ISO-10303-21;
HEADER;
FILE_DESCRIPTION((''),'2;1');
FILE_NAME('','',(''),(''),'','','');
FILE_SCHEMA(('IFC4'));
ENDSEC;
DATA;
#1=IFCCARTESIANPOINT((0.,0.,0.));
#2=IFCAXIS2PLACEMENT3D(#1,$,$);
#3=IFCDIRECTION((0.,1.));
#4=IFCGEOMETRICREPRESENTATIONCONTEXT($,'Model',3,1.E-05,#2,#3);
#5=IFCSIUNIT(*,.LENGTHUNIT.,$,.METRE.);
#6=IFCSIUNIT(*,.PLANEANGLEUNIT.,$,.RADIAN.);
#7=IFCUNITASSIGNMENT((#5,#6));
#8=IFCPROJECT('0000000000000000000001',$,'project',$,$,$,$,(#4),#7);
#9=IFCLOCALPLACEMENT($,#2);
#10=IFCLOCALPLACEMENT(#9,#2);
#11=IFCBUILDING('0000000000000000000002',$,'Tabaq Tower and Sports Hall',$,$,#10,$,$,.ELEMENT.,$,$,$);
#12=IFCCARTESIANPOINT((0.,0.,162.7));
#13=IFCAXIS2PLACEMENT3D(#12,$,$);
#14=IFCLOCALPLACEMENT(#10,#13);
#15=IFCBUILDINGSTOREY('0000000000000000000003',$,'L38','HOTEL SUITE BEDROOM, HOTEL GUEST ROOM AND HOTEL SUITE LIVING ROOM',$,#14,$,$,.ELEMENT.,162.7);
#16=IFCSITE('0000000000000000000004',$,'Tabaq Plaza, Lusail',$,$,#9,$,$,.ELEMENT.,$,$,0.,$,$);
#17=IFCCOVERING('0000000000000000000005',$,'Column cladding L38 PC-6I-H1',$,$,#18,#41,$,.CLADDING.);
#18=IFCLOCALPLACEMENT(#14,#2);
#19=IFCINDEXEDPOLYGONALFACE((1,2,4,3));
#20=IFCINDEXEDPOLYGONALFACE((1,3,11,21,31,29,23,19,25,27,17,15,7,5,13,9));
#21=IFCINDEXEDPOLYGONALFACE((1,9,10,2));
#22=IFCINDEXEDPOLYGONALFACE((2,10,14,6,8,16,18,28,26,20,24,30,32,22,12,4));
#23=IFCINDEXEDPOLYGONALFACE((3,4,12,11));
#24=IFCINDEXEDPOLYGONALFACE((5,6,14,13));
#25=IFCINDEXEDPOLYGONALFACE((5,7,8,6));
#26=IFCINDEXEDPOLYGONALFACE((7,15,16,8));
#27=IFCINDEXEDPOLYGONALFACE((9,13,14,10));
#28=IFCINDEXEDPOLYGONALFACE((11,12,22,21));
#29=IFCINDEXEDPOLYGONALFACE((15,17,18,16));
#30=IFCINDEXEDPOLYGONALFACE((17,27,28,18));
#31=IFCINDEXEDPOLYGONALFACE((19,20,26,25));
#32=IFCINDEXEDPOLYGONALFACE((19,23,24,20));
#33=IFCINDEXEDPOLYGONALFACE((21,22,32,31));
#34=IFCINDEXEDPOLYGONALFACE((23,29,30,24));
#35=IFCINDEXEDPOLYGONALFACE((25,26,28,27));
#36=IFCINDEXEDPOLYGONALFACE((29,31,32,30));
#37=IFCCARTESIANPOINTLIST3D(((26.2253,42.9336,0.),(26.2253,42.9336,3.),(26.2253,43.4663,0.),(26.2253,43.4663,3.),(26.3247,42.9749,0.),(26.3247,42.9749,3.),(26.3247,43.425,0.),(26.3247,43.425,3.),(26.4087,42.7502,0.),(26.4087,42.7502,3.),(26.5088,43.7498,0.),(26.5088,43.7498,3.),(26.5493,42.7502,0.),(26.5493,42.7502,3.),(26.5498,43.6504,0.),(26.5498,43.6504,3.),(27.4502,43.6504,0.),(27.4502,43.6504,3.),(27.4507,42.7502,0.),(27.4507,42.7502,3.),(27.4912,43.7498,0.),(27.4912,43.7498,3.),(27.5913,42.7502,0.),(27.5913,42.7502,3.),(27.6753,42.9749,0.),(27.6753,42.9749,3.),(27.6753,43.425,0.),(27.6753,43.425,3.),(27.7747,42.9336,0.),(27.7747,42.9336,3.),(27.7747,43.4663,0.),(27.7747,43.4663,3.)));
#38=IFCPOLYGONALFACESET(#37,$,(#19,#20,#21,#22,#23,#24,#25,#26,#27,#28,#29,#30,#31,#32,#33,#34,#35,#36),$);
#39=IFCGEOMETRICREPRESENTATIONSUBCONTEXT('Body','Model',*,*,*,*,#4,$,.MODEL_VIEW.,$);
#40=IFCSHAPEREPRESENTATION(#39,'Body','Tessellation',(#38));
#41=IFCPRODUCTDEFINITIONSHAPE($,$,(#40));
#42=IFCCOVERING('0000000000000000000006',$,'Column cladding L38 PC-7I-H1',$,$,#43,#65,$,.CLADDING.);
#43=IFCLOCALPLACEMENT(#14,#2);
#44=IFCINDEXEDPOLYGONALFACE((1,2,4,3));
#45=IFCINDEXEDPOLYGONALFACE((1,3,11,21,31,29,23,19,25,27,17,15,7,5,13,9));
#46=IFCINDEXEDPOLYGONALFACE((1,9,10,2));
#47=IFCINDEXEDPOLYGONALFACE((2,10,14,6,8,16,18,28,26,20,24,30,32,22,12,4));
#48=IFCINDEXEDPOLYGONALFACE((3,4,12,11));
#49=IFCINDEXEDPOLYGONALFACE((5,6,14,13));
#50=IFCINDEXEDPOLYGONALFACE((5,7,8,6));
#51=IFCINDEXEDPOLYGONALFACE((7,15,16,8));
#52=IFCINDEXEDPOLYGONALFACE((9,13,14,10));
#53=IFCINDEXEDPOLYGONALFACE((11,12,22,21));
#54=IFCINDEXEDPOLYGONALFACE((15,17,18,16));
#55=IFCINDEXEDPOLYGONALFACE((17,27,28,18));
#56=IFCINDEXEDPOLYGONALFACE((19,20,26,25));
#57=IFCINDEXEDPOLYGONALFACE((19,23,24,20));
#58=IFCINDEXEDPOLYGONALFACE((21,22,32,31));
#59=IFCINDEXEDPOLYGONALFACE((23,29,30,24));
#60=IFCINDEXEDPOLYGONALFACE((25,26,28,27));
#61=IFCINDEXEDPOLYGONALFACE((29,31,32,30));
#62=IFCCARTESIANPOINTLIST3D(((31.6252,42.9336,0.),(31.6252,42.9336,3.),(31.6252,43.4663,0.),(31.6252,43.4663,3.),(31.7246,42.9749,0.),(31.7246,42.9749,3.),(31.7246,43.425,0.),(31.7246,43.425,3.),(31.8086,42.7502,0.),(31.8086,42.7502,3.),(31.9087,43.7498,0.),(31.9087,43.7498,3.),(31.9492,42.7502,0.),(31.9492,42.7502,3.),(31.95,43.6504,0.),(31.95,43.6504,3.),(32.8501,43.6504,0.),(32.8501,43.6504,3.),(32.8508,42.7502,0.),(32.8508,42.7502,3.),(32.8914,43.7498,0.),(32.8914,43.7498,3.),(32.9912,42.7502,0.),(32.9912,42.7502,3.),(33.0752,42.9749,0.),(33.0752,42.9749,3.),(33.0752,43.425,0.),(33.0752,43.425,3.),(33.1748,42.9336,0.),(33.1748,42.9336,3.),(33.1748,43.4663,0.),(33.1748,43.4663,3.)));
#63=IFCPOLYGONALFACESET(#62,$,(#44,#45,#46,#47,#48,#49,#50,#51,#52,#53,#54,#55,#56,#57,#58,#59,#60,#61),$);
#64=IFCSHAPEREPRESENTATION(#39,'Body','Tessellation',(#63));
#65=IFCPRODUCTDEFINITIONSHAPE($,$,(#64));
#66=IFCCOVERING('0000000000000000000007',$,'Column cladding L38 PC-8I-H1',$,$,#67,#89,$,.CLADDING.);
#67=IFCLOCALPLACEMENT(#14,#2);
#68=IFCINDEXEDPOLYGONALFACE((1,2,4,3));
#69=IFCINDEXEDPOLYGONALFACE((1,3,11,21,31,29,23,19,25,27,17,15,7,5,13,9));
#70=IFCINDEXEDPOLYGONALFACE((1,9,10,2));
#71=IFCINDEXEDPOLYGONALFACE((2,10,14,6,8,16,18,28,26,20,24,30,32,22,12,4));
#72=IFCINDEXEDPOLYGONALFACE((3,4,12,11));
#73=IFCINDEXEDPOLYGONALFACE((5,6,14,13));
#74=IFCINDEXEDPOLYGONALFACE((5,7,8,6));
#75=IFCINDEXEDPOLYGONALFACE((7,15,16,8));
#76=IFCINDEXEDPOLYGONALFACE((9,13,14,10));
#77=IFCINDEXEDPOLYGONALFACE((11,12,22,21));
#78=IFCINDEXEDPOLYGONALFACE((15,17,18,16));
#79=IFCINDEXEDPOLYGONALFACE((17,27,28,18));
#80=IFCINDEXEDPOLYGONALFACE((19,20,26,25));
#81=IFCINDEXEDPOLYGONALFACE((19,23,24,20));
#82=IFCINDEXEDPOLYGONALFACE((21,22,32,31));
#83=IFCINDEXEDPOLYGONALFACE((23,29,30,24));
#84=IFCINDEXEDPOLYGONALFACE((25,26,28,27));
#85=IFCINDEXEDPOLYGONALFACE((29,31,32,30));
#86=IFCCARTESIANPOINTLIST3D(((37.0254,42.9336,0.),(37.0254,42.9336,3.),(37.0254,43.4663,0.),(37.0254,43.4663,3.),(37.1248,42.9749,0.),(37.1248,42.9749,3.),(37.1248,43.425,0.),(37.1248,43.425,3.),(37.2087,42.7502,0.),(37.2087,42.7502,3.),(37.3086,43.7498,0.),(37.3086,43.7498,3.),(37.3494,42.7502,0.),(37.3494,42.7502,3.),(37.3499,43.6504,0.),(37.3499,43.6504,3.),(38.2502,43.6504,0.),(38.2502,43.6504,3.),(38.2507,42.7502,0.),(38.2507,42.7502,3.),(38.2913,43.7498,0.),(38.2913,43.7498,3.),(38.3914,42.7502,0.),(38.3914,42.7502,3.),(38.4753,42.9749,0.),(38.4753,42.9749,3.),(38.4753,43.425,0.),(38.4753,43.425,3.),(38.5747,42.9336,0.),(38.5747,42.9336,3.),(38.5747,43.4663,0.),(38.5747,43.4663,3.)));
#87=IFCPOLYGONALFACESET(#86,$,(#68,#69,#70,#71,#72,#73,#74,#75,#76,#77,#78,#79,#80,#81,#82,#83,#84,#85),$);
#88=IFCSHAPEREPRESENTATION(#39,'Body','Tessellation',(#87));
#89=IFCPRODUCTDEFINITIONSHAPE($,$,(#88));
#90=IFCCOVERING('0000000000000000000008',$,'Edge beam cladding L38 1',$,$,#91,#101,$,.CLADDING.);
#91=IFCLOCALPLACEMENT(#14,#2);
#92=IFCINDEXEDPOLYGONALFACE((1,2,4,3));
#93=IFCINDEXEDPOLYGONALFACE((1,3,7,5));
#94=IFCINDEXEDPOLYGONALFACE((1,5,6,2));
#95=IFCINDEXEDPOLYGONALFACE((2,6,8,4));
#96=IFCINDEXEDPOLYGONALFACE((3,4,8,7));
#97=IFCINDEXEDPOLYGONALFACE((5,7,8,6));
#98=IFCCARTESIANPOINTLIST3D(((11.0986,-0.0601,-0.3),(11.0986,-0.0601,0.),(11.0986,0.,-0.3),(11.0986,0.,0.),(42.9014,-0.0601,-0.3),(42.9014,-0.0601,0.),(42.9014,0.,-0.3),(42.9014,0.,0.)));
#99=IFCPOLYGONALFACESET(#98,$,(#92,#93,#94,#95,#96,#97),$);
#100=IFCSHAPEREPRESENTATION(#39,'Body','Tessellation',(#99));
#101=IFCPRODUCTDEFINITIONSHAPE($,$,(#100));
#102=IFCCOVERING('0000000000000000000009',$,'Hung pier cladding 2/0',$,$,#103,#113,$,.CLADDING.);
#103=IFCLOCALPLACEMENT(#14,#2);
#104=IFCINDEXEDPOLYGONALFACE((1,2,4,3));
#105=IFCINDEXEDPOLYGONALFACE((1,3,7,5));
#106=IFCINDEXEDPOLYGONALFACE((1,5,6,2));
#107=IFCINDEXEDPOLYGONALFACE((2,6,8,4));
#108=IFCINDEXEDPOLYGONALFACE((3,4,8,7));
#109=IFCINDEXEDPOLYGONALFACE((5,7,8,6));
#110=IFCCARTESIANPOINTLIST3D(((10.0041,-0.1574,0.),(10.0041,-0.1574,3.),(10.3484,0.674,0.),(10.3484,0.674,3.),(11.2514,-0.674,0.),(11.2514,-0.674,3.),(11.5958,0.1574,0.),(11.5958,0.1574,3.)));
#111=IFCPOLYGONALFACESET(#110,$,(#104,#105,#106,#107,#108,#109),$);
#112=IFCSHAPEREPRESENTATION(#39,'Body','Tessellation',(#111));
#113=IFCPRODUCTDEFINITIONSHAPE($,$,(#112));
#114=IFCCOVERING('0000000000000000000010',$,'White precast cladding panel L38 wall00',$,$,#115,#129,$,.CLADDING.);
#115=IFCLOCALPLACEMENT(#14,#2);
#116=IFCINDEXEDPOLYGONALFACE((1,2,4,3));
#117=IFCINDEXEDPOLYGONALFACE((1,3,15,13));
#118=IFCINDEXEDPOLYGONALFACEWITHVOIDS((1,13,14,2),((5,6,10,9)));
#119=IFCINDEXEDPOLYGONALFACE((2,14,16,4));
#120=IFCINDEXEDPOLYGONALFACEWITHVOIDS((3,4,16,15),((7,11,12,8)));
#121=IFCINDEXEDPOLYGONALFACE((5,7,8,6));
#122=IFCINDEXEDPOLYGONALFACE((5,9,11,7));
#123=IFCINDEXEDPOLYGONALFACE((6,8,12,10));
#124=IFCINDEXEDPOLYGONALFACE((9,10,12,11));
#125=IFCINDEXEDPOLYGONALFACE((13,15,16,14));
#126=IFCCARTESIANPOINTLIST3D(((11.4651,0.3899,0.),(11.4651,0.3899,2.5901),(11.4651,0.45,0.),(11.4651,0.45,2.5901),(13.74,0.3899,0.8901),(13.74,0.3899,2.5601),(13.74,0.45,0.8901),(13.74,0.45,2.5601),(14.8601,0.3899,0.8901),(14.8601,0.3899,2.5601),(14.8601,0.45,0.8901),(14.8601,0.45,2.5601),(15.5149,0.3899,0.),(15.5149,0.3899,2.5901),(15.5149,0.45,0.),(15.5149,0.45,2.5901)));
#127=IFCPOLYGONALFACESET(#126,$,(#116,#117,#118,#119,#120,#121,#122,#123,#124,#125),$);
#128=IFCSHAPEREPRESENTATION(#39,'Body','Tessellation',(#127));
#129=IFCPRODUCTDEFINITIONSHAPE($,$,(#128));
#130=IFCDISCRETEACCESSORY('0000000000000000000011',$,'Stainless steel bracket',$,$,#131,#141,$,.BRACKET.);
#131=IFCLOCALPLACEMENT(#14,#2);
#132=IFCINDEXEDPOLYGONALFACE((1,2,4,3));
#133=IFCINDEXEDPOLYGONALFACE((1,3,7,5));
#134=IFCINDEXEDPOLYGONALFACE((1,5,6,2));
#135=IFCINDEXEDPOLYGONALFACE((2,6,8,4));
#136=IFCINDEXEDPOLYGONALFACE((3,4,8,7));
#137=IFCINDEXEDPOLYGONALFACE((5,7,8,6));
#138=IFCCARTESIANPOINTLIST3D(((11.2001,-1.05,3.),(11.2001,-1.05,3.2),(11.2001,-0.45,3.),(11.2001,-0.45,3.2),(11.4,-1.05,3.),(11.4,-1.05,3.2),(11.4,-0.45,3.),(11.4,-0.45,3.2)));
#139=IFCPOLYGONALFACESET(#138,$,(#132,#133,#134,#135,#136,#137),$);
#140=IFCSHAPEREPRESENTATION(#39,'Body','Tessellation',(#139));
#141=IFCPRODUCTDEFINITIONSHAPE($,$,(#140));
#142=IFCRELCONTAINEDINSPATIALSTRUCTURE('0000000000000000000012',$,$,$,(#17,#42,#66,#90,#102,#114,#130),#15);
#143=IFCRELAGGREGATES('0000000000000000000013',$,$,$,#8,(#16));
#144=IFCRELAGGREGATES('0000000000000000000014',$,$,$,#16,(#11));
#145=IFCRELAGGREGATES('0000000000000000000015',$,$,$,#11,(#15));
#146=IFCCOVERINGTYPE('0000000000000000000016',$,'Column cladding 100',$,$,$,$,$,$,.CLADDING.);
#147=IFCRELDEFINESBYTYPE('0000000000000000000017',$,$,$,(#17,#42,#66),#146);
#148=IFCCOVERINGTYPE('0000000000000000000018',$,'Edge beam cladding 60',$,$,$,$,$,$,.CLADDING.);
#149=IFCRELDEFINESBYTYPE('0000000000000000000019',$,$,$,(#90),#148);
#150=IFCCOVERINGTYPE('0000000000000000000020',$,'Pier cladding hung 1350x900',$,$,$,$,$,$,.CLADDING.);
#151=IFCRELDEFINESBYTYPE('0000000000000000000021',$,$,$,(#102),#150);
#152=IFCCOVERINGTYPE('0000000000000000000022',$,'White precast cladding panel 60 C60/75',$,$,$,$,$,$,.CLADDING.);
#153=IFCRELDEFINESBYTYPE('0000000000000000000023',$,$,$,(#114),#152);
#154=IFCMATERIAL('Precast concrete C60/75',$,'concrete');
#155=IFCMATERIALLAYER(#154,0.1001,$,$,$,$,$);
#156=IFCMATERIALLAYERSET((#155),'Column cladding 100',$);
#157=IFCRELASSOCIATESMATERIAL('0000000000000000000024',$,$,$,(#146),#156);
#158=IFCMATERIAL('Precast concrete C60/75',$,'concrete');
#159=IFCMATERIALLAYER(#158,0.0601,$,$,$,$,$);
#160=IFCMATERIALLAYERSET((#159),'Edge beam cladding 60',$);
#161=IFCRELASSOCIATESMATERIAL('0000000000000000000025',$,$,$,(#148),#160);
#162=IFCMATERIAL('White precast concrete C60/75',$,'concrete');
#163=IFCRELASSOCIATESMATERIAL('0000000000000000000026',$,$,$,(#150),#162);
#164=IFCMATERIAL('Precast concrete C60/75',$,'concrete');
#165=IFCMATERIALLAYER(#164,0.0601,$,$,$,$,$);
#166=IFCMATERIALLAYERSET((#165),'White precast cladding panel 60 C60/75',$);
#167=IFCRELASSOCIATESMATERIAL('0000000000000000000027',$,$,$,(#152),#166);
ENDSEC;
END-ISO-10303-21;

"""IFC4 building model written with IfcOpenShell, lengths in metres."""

from ifc_helpers import new_model, si_unit, direction, frame, frame_2d, origin, origin_2d, place, context, subcontext, project, spatial, polyline, rectangle, outline, extrude, material, layer, layer_set, type_object, element, save


model = new_model("IFC4")

# Units and contexts
model_context = context("Model", 3, precision=1e-05, world=origin(), true_north=direction((0.0, 1.0)))
body_context = subcontext(model_context, "Body", "Model", "MODEL_VIEW")
ifc_project = project(units=[si_unit("LENGTHUNIT", "METRE"), si_unit("PLANEANGLEUNIT", "RADIAN")], contexts=[model_context])

# Site, building, storey
site_placement = place(None, origin())
site = spatial("IfcSite", under=ifc_project, at=site_placement, Name="Tabaq Plaza, Lusail", CompositionType="ELEMENT", RefElevation=0.0)
building_placement = place(site_placement, origin())
building = spatial("IfcBuilding", under=site, at=building_placement, Name="Tabaq Tower and Sports Hall", CompositionType="ELEMENT")
storey_placement = place(building_placement, frame((0.0, 0.0, 162.7)))
storey = spatial("IfcBuildingStorey", under=building, at=storey_placement, Name="L38", Description="HOTEL SUITE BEDROOM, HOTEL GUEST ROOM AND HOTEL SUITE LIVING ROOM", CompositionType="ELEMENT", Elevation=162.7)

# Coverings
ifc_material_1 = material(Name="Precast concrete C60/75", Category="concrete")
ifc_layer_1 = layer(ifc_material_1, 0.1001)
ifc_layer_set_1 = layer_set([ifc_layer_1], Name="Column cladding 100")
covering_type_1 = type_object("IfcCoveringType", Name="Column cladding 100", PredefinedType="CLADDING", material=ifc_layer_set_1)
covering_1_placement = place(storey_placement, origin())
element("IfcCovering", 1, at=covering_1_placement, inside=storey, type_object=covering_type_1, Name="Column cladding L38 PC-6I-H1", PredefinedType="CLADDING", context=body_context, shape_type="SweptSolid", body=[
    extrude(outline(polyline([(26.2253, 43.4663), (26.5088, 43.7498), (27.4912, 43.7498), (27.7747, 43.4663), (27.7747, 42.9336), (27.5913, 42.7502), (27.4507, 42.7502), (27.6753, 42.9749), (27.6753, 43.425), (27.4502, 43.6504), (26.5498, 43.6504), (26.3247, 43.425), (26.3247, 42.9749), (26.5493, 42.7502), (26.4087, 42.7502), (26.2253, 42.9336), (26.2253, 43.4663)])), origin(), (0.0, 0.0, 1.0), 3.0),
])
covering_2_placement = place(storey_placement, origin())
element("IfcCovering", 2, at=covering_2_placement, inside=storey, type_object=covering_type_1, Name="Column cladding L38 PC-7I-H1", PredefinedType="CLADDING", context=body_context, shape_type="SweptSolid", body=[
    extrude(outline(polyline([(31.6252, 43.4663), (31.9087, 43.7498), (32.8914, 43.7498), (33.1748, 43.4663), (33.1748, 42.9336), (32.9912, 42.7502), (32.8508, 42.7502), (33.0752, 42.9749), (33.0752, 43.425), (32.8501, 43.6504), (31.95, 43.6504), (31.7246, 43.425), (31.7246, 42.9749), (31.9492, 42.7502), (31.8086, 42.7502), (31.6252, 42.9336), (31.6252, 43.4663)])), origin(), (0.0, 0.0, 1.0), 3.0),
])
covering_3_placement = place(storey_placement, origin())
element("IfcCovering", 3, at=covering_3_placement, inside=storey, type_object=covering_type_1, Name="Column cladding L38 PC-8I-H1", PredefinedType="CLADDING", context=body_context, shape_type="SweptSolid", body=[
    extrude(outline(polyline([(37.0254, 43.4663), (37.3086, 43.7498), (38.2913, 43.7498), (38.5747, 43.4663), (38.5747, 42.9336), (38.3914, 42.7502), (38.2507, 42.7502), (38.4753, 42.9749), (38.4753, 43.425), (38.2502, 43.6504), (37.3499, 43.6504), (37.1248, 43.425), (37.1248, 42.9749), (37.3494, 42.7502), (37.2087, 42.7502), (37.0254, 42.9336), (37.0254, 43.4663)])), origin(), (0.0, 0.0, 1.0), 3.0),
])
ifc_material_2 = material(Name="Precast concrete C60/75", Category="concrete")
ifc_layer_2 = layer(ifc_material_2, 0.0601)
ifc_layer_set_2 = layer_set([ifc_layer_2], Name="Edge beam cladding 60")
covering_type_2 = type_object("IfcCoveringType", Name="Edge beam cladding 60", PredefinedType="CLADDING", material=ifc_layer_set_2)
covering_4_placement = place(storey_placement, frame((11.0986, -0.03, -0.3), z_axis=(0.0, 0.0, 1.0), x_axis=(1.0, 0.0, 0.0)))
element("IfcCovering", 4, at=covering_4_placement, inside=storey, type_object=covering_type_2, Name="Edge beam cladding L38 1", PredefinedType="CLADDING", context=body_context, shape_type="SweptSolid", body=[
    extrude(rectangle(XDim=31.8027, YDim=0.0601, at=frame_2d((15.9014, 0.0))), origin(), (0.0, 0.0, 1.0), 0.3),
])
ifc_material_3 = material(Name="White precast concrete C60/75", Category="concrete")
covering_type_3 = type_object("IfcCoveringType", Name="Pier cladding hung 1350x900", PredefinedType="CLADDING", material=ifc_material_3)
covering_5_placement = place(storey_placement, frame((10.1763, 0.2583, 0.0), z_axis=(0.0, 0.0, 1.0), x_axis=(0.923893, -0.38265, 0.0)))
element("IfcCovering", 5, at=covering_5_placement, inside=storey, type_object=covering_type_3, Name="Hung pier cladding 2/0", PredefinedType="CLADDING", context=body_context, shape_type="SweptSolid", body=[
    extrude(rectangle(XDim=1.3501, YDim=0.8999, at=frame_2d((0.675, 0.0))), origin(), (0.0, 0.0, 1.0), 3.0),
])
ifc_material_4 = material(Name="Precast concrete C60/75", Category="concrete")
ifc_layer_3 = layer(ifc_material_4, 0.0601)
ifc_layer_set_3 = layer_set([ifc_layer_3], Name="White precast cladding panel 60 C60/75")
covering_type_4 = type_object("IfcCoveringType", Name="White precast cladding panel 60 C60/75", PredefinedType="CLADDING", material=ifc_layer_set_3)
covering_6_placement = place(storey_placement, frame((11.4651, 0.4199, 0.0), z_axis=(0.0, 0.0, 1.0), x_axis=(1.0, 0.0, 0.0)))
element("IfcCovering", 6, at=covering_6_placement, inside=storey, type_object=covering_type_4, Name="White precast cladding panel L38 wall00", PredefinedType="CLADDING", context=body_context, shape_type="SweptSolid", body=[
    extrude(outline(polyline([(0.0, 0.0), (4.0498, 0.0), (4.0498, 2.5901), (0.0, 2.5901), (0.0, 0.0)]), holes=[polyline([(3.395, 0.8901), (2.2749, 0.8901), (2.2749, 2.5601), (3.395, 2.5601), (3.395, 0.8901)])]), frame((0.0, 0.03, 0.0), z_axis=(0.0, -1.0, 0.0), x_axis=(1.0, 0.0, 0.0)), (0.0, 0.0, 1.0), 0.0601),
])

# Discrete accessory
discrete_accessory_placement = place(storey_placement, frame((11.3, -0.75, 3.0), z_axis=(0.0, 0.0, 1.0), x_axis=(0.0, -1.0, 0.0)))
element("IfcDiscreteAccessory", 7, at=discrete_accessory_placement, inside=storey, Name="Stainless steel bracket", PredefinedType="BRACKET", context=body_context, shape_type="SweptSolid", body=[
    extrude(rectangle(XDim=0.6001, YDim=0.2, at=origin_2d()), origin(), (0.0, 0.0, 1.0), 0.2),
])

save(model, "model.ifc")
